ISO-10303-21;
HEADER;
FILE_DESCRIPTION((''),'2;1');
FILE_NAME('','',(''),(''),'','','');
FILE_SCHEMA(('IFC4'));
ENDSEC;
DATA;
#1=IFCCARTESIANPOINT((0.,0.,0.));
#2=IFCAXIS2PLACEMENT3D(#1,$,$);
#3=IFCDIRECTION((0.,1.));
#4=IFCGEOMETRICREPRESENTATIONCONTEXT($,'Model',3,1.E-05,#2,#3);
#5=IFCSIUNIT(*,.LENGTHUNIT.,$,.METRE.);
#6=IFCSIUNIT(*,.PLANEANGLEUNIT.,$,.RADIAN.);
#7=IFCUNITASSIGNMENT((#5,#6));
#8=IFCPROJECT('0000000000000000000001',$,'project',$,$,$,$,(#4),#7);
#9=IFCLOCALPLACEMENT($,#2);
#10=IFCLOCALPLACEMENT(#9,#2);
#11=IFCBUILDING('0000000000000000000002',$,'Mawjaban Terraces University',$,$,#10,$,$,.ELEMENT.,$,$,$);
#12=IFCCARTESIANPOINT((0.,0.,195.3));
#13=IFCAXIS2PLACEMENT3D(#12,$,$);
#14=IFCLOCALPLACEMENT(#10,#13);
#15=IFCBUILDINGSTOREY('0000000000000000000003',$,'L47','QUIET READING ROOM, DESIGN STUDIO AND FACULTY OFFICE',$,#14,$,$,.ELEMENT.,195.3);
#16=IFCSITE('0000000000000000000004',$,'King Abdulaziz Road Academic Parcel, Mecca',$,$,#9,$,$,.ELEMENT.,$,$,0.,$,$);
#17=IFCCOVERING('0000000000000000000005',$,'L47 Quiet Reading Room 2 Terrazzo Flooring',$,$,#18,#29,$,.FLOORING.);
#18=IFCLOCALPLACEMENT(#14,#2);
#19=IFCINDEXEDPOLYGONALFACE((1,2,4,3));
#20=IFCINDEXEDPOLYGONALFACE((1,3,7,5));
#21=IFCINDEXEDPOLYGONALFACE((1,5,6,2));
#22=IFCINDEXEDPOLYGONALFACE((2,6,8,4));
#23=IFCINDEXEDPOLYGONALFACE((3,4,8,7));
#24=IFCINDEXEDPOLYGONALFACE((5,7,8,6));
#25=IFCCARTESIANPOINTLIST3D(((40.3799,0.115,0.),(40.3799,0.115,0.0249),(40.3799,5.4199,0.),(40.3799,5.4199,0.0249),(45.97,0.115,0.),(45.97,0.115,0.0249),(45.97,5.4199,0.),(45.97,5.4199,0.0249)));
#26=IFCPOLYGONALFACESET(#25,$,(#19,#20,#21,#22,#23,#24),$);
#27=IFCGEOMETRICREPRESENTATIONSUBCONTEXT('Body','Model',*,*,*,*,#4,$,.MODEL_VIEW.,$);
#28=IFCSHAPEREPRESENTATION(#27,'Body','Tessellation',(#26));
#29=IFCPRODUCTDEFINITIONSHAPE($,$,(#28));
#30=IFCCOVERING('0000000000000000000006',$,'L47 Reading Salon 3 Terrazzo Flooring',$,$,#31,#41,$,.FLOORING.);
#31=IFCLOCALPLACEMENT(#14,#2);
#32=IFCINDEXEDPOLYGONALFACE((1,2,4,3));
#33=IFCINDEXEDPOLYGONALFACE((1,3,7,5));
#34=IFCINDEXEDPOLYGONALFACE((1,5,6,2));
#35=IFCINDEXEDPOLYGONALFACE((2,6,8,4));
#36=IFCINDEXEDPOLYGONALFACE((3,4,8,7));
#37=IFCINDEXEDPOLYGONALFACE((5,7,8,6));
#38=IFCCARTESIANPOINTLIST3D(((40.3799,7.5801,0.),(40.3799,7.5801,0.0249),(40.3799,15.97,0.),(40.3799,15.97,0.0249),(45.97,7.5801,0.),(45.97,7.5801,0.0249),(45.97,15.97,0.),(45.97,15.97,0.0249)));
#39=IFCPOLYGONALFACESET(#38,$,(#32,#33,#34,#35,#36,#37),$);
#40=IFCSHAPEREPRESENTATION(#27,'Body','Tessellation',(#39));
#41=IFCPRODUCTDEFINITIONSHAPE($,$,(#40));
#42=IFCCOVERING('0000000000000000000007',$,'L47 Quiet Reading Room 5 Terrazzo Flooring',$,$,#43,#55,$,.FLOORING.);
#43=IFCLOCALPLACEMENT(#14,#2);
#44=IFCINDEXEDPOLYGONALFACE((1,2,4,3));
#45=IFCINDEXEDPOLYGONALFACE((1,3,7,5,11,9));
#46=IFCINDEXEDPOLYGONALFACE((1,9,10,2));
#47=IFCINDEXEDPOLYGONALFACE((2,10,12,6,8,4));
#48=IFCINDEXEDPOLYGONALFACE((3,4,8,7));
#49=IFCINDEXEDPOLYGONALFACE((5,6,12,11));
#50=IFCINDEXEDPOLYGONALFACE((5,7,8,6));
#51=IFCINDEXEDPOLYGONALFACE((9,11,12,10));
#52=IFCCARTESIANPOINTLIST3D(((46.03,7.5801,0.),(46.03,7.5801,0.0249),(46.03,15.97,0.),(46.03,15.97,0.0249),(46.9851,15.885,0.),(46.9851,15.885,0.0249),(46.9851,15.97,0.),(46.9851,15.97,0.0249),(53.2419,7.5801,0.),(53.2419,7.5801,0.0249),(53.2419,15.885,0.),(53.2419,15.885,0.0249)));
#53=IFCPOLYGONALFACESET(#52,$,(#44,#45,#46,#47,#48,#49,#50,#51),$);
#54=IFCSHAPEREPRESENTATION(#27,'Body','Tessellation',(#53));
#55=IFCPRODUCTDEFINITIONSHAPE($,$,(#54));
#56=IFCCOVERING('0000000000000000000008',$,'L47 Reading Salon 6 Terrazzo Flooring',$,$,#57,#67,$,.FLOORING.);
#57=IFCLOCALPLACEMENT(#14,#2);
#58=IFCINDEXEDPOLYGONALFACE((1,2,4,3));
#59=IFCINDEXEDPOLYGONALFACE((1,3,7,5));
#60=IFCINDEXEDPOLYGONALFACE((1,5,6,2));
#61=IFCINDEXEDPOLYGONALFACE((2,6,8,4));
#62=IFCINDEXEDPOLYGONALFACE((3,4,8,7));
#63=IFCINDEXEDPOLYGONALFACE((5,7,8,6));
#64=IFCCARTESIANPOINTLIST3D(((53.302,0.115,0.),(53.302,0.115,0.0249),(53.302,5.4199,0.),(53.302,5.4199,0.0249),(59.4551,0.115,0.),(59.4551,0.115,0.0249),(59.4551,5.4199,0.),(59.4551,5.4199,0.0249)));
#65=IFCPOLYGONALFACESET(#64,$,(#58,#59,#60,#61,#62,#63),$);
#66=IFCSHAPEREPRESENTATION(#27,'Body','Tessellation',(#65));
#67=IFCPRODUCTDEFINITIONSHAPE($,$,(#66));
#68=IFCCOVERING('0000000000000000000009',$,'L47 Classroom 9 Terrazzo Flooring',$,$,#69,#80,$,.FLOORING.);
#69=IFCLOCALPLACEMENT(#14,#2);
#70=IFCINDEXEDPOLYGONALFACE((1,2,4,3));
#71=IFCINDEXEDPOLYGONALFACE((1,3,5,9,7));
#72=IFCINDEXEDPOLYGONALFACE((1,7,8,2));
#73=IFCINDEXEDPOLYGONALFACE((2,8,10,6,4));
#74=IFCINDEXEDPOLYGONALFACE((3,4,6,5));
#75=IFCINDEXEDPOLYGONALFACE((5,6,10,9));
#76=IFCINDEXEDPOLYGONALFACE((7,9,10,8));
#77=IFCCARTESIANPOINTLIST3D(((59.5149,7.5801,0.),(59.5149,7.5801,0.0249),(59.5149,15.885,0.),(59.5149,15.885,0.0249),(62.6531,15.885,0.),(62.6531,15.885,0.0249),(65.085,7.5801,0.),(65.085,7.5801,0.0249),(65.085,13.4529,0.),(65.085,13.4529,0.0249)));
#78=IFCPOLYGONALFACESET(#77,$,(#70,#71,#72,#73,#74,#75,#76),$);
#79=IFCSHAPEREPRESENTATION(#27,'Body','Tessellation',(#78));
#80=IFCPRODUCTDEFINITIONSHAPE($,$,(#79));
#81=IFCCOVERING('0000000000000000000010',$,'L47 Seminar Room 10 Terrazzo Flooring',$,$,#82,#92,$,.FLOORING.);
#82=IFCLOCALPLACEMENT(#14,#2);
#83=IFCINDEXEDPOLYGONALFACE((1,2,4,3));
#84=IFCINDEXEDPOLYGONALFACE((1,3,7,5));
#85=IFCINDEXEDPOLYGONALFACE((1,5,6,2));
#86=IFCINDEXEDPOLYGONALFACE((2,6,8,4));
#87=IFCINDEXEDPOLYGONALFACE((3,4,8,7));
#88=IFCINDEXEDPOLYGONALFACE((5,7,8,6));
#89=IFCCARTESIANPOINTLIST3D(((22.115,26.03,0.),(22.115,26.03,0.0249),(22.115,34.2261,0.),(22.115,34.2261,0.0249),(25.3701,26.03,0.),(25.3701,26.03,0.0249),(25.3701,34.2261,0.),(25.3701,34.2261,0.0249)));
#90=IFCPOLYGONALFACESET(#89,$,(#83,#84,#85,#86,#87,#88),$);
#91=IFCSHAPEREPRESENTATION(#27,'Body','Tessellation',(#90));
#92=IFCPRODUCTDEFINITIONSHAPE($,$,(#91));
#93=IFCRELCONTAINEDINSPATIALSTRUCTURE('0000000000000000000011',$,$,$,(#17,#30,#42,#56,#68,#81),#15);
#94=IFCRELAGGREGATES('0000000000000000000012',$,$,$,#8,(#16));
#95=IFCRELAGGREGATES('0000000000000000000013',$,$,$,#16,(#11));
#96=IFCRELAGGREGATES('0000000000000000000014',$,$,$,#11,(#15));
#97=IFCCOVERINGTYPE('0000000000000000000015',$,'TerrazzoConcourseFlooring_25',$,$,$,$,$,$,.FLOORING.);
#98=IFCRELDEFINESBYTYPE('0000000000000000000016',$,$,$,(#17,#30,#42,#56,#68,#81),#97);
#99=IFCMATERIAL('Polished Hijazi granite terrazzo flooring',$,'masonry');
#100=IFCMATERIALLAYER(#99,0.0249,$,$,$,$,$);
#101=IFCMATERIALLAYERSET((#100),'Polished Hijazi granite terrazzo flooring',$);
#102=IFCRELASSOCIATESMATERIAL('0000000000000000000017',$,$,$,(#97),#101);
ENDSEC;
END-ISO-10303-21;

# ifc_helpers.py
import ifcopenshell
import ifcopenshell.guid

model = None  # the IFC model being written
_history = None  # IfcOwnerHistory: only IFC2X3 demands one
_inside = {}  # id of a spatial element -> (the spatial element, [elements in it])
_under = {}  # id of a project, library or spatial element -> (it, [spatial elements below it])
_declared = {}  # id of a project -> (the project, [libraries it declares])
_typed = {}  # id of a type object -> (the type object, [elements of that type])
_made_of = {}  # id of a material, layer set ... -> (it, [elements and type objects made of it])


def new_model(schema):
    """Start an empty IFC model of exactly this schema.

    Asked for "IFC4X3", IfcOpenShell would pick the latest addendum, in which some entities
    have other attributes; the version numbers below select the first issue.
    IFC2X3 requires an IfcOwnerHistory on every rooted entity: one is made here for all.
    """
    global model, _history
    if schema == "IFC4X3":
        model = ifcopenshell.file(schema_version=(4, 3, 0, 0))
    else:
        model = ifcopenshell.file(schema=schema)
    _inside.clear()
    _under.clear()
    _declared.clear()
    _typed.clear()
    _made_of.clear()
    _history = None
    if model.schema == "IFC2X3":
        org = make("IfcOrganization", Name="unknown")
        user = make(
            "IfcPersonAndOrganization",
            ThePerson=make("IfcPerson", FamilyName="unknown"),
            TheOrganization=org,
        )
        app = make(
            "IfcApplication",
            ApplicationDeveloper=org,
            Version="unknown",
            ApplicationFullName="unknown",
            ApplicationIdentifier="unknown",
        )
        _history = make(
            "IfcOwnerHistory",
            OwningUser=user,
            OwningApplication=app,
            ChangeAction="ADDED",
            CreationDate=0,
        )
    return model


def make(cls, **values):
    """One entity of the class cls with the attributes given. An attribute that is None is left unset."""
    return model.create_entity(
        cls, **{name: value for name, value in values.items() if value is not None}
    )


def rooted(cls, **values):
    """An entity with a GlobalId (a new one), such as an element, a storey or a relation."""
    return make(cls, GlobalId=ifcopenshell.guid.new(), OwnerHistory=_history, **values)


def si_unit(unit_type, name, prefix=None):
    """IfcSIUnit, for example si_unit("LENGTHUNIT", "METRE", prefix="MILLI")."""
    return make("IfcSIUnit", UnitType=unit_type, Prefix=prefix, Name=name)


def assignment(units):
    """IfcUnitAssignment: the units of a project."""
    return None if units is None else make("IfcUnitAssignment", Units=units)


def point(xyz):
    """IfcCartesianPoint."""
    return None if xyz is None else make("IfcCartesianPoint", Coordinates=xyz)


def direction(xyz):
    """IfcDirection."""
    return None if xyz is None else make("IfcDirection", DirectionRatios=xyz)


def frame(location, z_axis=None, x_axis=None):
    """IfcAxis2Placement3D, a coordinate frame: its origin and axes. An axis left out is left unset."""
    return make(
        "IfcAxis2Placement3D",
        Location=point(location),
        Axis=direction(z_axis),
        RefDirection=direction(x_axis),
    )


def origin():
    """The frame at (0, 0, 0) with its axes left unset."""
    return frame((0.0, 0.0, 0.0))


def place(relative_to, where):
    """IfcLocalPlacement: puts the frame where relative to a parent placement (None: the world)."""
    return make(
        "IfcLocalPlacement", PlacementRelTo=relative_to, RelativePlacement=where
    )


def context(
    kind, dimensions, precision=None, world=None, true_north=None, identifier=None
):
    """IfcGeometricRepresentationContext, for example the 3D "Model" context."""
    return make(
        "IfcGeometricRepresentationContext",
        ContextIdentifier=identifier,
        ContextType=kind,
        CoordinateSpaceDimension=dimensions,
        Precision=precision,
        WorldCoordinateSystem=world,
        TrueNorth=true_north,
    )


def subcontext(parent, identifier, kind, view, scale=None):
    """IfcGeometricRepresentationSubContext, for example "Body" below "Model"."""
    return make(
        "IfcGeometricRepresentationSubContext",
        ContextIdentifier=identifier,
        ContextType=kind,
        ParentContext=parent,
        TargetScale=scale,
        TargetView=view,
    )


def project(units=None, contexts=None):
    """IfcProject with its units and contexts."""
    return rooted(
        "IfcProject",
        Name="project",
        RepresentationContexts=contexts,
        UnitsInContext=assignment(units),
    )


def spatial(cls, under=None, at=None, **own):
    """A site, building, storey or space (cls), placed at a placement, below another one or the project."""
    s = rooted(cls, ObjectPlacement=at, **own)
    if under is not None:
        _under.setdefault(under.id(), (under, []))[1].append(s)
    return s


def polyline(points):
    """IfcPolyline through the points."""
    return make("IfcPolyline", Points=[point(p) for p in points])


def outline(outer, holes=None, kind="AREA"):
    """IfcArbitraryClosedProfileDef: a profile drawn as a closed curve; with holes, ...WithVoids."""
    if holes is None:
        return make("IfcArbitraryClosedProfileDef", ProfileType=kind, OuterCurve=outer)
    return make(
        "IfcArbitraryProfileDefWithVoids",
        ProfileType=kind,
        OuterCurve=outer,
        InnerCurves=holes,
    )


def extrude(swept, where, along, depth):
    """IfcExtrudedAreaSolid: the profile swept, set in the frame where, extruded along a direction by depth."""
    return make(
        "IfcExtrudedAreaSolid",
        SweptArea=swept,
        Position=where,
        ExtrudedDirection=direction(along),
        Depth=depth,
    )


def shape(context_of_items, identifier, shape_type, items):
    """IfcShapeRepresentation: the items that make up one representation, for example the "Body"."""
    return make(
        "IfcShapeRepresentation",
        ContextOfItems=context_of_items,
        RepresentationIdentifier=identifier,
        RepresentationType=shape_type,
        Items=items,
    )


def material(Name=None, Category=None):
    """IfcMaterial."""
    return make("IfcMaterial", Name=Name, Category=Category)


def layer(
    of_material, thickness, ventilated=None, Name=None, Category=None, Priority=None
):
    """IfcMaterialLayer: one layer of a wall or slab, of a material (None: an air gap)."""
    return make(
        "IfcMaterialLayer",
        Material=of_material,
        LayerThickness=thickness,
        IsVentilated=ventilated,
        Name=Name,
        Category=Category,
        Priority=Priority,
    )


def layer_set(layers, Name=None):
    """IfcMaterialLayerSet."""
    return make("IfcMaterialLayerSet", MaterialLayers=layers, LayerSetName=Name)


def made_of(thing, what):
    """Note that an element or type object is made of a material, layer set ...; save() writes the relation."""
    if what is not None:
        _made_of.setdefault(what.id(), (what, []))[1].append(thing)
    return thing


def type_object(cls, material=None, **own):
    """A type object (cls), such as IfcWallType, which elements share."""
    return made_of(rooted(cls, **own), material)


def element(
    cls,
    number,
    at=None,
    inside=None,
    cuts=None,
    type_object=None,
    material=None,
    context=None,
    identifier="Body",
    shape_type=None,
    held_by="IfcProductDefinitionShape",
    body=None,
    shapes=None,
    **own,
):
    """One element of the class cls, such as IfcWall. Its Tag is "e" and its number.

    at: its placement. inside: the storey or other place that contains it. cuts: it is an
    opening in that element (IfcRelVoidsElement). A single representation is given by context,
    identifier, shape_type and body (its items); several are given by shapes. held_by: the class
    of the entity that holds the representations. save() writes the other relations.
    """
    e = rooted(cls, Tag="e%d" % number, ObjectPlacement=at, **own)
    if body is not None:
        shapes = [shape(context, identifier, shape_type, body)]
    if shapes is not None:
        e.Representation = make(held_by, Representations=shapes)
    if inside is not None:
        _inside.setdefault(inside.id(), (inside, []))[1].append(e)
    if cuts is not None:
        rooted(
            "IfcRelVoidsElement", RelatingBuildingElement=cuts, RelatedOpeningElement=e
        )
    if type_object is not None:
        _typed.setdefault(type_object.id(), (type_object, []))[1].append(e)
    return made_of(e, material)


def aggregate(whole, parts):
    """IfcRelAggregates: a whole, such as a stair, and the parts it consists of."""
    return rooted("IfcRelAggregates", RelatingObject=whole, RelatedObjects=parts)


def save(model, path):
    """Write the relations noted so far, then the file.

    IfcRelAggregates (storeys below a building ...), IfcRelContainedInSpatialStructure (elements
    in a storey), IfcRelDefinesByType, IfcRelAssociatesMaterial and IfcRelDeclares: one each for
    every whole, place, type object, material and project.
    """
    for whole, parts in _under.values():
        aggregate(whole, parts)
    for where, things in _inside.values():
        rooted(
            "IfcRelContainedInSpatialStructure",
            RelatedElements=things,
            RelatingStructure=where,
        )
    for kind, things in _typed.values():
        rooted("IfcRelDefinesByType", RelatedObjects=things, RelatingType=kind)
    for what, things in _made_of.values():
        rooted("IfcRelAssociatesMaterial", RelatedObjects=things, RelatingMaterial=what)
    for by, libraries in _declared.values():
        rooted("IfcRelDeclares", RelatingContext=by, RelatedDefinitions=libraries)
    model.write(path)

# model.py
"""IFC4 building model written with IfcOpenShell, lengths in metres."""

from ifc_helpers import new_model, si_unit, direction, frame, origin, place, context, subcontext, project, spatial, polyline, outline, extrude, material, layer, layer_set, type_object, element, save


model = new_model("IFC4")

# Units and contexts
model_context = context("Model", 3, precision=1e-05, world=origin(), true_north=direction((0.0, 1.0)))
body_context = subcontext(model_context, "Body", "Model", "MODEL_VIEW")
ifc_project = project(units=[si_unit("LENGTHUNIT", "METRE"), si_unit("PLANEANGLEUNIT", "RADIAN")], contexts=[model_context])

# Site, building, storey
site_placement = place(None, origin())
site = spatial("IfcSite", under=ifc_project, at=site_placement, Name="King Abdulaziz Road Academic Parcel, Mecca", CompositionType="ELEMENT", RefElevation=0.0)
building_placement = place(site_placement, origin())
building = spatial("IfcBuilding", under=site, at=building_placement, Name="Mawjaban Terraces University", CompositionType="ELEMENT")
storey_placement = place(building_placement, frame((0.0, 0.0, 195.3)))
storey = spatial("IfcBuildingStorey", under=building, at=storey_placement, Name="L47", Description="QUIET READING ROOM, DESIGN STUDIO AND FACULTY OFFICE", CompositionType="ELEMENT", Elevation=195.3)

# Coverings
ifc_material_1 = material(Name="Polished Hijazi granite terrazzo flooring", Category="masonry")
ifc_layer_1 = layer(ifc_material_1, 0.0249)
ifc_layer_set_1 = layer_set([ifc_layer_1], Name="Polished Hijazi granite terrazzo flooring")
covering_type_1 = type_object("IfcCoveringType", Name="TerrazzoConcourseFlooring_25", PredefinedType="FLOORING", material=ifc_layer_set_1)
covering_1_placement = place(storey_placement, origin())
element("IfcCovering", 1, at=covering_1_placement, inside=storey, type_object=covering_type_1, Name="L47 Quiet Reading Room 2 Terrazzo Flooring", PredefinedType="FLOORING", context=body_context, shape_type="SweptSolid", body=[
    extrude(outline(polyline([(40.3799, 0.115), (45.97, 0.115), (45.97, 5.4199), (40.3799, 5.4199), (40.3799, 0.115)])), origin(), (0.0, 0.0, 1.0), 0.0249),
])
covering_2_placement = place(storey_placement, origin())
element("IfcCovering", 2, at=covering_2_placement, inside=storey, type_object=covering_type_1, Name="L47 Reading Salon 3 Terrazzo Flooring", PredefinedType="FLOORING", context=body_context, shape_type="SweptSolid", body=[
    extrude(outline(polyline([(45.97, 7.5801), (45.97, 15.97), (40.3799, 15.97), (40.3799, 7.5801), (45.97, 7.5801)])), origin(), (0.0, 0.0, 1.0), 0.0249),
])
covering_3_placement = place(storey_placement, origin())
element("IfcCovering", 3, at=covering_3_placement, inside=storey, type_object=covering_type_1, Name="L47 Quiet Reading Room 5 Terrazzo Flooring", PredefinedType="FLOORING", context=body_context, shape_type="SweptSolid", body=[
    extrude(outline(polyline([(53.2419, 15.885), (46.9851, 15.885), (46.9851, 15.97), (46.03, 15.97), (46.03, 7.5801), (53.2419, 7.5801), (53.2419, 15.885)])), origin(), (0.0, 0.0, 1.0), 0.0249),
])
covering_4_placement = place(storey_placement, origin())
element("IfcCovering", 4, at=covering_4_placement, inside=storey, type_object=covering_type_1, Name="L47 Reading Salon 6 Terrazzo Flooring", PredefinedType="FLOORING", context=body_context, shape_type="SweptSolid", body=[
    extrude(outline(polyline([(53.302, 0.115), (59.4551, 0.115), (59.4551, 5.4199), (53.302, 5.4199), (53.302, 0.115)])), origin(), (0.0, 0.0, 1.0), 0.0249),
])
covering_5_placement = place(storey_placement, origin())
element("IfcCovering", 5, at=covering_5_placement, inside=storey, type_object=covering_type_1, Name="L47 Classroom 9 Terrazzo Flooring", PredefinedType="FLOORING", context=body_context, shape_type="SweptSolid", body=[
    extrude(outline(polyline([(65.085, 7.5801), (65.085, 13.4529), (62.6531, 15.885), (59.5149, 15.885), (59.5149, 7.5801), (65.085, 7.5801)])), origin(), (0.0, 0.0, 1.0), 0.0249),
])
covering_6_placement = place(storey_placement, origin())
element("IfcCovering", 6, at=covering_6_placement, inside=storey, type_object=covering_type_1, Name="L47 Seminar Room 10 Terrazzo Flooring", PredefinedType="FLOORING", context=body_context, shape_type="SweptSolid", body=[
    extrude(outline(polyline([(22.115, 34.2261), (22.115, 26.03), (25.3701, 26.03), (25.3701, 34.2261), (22.115, 34.2261)])), origin(), (0.0, 0.0, 1.0), 0.0249),
])

save(model, "model.ifc")
